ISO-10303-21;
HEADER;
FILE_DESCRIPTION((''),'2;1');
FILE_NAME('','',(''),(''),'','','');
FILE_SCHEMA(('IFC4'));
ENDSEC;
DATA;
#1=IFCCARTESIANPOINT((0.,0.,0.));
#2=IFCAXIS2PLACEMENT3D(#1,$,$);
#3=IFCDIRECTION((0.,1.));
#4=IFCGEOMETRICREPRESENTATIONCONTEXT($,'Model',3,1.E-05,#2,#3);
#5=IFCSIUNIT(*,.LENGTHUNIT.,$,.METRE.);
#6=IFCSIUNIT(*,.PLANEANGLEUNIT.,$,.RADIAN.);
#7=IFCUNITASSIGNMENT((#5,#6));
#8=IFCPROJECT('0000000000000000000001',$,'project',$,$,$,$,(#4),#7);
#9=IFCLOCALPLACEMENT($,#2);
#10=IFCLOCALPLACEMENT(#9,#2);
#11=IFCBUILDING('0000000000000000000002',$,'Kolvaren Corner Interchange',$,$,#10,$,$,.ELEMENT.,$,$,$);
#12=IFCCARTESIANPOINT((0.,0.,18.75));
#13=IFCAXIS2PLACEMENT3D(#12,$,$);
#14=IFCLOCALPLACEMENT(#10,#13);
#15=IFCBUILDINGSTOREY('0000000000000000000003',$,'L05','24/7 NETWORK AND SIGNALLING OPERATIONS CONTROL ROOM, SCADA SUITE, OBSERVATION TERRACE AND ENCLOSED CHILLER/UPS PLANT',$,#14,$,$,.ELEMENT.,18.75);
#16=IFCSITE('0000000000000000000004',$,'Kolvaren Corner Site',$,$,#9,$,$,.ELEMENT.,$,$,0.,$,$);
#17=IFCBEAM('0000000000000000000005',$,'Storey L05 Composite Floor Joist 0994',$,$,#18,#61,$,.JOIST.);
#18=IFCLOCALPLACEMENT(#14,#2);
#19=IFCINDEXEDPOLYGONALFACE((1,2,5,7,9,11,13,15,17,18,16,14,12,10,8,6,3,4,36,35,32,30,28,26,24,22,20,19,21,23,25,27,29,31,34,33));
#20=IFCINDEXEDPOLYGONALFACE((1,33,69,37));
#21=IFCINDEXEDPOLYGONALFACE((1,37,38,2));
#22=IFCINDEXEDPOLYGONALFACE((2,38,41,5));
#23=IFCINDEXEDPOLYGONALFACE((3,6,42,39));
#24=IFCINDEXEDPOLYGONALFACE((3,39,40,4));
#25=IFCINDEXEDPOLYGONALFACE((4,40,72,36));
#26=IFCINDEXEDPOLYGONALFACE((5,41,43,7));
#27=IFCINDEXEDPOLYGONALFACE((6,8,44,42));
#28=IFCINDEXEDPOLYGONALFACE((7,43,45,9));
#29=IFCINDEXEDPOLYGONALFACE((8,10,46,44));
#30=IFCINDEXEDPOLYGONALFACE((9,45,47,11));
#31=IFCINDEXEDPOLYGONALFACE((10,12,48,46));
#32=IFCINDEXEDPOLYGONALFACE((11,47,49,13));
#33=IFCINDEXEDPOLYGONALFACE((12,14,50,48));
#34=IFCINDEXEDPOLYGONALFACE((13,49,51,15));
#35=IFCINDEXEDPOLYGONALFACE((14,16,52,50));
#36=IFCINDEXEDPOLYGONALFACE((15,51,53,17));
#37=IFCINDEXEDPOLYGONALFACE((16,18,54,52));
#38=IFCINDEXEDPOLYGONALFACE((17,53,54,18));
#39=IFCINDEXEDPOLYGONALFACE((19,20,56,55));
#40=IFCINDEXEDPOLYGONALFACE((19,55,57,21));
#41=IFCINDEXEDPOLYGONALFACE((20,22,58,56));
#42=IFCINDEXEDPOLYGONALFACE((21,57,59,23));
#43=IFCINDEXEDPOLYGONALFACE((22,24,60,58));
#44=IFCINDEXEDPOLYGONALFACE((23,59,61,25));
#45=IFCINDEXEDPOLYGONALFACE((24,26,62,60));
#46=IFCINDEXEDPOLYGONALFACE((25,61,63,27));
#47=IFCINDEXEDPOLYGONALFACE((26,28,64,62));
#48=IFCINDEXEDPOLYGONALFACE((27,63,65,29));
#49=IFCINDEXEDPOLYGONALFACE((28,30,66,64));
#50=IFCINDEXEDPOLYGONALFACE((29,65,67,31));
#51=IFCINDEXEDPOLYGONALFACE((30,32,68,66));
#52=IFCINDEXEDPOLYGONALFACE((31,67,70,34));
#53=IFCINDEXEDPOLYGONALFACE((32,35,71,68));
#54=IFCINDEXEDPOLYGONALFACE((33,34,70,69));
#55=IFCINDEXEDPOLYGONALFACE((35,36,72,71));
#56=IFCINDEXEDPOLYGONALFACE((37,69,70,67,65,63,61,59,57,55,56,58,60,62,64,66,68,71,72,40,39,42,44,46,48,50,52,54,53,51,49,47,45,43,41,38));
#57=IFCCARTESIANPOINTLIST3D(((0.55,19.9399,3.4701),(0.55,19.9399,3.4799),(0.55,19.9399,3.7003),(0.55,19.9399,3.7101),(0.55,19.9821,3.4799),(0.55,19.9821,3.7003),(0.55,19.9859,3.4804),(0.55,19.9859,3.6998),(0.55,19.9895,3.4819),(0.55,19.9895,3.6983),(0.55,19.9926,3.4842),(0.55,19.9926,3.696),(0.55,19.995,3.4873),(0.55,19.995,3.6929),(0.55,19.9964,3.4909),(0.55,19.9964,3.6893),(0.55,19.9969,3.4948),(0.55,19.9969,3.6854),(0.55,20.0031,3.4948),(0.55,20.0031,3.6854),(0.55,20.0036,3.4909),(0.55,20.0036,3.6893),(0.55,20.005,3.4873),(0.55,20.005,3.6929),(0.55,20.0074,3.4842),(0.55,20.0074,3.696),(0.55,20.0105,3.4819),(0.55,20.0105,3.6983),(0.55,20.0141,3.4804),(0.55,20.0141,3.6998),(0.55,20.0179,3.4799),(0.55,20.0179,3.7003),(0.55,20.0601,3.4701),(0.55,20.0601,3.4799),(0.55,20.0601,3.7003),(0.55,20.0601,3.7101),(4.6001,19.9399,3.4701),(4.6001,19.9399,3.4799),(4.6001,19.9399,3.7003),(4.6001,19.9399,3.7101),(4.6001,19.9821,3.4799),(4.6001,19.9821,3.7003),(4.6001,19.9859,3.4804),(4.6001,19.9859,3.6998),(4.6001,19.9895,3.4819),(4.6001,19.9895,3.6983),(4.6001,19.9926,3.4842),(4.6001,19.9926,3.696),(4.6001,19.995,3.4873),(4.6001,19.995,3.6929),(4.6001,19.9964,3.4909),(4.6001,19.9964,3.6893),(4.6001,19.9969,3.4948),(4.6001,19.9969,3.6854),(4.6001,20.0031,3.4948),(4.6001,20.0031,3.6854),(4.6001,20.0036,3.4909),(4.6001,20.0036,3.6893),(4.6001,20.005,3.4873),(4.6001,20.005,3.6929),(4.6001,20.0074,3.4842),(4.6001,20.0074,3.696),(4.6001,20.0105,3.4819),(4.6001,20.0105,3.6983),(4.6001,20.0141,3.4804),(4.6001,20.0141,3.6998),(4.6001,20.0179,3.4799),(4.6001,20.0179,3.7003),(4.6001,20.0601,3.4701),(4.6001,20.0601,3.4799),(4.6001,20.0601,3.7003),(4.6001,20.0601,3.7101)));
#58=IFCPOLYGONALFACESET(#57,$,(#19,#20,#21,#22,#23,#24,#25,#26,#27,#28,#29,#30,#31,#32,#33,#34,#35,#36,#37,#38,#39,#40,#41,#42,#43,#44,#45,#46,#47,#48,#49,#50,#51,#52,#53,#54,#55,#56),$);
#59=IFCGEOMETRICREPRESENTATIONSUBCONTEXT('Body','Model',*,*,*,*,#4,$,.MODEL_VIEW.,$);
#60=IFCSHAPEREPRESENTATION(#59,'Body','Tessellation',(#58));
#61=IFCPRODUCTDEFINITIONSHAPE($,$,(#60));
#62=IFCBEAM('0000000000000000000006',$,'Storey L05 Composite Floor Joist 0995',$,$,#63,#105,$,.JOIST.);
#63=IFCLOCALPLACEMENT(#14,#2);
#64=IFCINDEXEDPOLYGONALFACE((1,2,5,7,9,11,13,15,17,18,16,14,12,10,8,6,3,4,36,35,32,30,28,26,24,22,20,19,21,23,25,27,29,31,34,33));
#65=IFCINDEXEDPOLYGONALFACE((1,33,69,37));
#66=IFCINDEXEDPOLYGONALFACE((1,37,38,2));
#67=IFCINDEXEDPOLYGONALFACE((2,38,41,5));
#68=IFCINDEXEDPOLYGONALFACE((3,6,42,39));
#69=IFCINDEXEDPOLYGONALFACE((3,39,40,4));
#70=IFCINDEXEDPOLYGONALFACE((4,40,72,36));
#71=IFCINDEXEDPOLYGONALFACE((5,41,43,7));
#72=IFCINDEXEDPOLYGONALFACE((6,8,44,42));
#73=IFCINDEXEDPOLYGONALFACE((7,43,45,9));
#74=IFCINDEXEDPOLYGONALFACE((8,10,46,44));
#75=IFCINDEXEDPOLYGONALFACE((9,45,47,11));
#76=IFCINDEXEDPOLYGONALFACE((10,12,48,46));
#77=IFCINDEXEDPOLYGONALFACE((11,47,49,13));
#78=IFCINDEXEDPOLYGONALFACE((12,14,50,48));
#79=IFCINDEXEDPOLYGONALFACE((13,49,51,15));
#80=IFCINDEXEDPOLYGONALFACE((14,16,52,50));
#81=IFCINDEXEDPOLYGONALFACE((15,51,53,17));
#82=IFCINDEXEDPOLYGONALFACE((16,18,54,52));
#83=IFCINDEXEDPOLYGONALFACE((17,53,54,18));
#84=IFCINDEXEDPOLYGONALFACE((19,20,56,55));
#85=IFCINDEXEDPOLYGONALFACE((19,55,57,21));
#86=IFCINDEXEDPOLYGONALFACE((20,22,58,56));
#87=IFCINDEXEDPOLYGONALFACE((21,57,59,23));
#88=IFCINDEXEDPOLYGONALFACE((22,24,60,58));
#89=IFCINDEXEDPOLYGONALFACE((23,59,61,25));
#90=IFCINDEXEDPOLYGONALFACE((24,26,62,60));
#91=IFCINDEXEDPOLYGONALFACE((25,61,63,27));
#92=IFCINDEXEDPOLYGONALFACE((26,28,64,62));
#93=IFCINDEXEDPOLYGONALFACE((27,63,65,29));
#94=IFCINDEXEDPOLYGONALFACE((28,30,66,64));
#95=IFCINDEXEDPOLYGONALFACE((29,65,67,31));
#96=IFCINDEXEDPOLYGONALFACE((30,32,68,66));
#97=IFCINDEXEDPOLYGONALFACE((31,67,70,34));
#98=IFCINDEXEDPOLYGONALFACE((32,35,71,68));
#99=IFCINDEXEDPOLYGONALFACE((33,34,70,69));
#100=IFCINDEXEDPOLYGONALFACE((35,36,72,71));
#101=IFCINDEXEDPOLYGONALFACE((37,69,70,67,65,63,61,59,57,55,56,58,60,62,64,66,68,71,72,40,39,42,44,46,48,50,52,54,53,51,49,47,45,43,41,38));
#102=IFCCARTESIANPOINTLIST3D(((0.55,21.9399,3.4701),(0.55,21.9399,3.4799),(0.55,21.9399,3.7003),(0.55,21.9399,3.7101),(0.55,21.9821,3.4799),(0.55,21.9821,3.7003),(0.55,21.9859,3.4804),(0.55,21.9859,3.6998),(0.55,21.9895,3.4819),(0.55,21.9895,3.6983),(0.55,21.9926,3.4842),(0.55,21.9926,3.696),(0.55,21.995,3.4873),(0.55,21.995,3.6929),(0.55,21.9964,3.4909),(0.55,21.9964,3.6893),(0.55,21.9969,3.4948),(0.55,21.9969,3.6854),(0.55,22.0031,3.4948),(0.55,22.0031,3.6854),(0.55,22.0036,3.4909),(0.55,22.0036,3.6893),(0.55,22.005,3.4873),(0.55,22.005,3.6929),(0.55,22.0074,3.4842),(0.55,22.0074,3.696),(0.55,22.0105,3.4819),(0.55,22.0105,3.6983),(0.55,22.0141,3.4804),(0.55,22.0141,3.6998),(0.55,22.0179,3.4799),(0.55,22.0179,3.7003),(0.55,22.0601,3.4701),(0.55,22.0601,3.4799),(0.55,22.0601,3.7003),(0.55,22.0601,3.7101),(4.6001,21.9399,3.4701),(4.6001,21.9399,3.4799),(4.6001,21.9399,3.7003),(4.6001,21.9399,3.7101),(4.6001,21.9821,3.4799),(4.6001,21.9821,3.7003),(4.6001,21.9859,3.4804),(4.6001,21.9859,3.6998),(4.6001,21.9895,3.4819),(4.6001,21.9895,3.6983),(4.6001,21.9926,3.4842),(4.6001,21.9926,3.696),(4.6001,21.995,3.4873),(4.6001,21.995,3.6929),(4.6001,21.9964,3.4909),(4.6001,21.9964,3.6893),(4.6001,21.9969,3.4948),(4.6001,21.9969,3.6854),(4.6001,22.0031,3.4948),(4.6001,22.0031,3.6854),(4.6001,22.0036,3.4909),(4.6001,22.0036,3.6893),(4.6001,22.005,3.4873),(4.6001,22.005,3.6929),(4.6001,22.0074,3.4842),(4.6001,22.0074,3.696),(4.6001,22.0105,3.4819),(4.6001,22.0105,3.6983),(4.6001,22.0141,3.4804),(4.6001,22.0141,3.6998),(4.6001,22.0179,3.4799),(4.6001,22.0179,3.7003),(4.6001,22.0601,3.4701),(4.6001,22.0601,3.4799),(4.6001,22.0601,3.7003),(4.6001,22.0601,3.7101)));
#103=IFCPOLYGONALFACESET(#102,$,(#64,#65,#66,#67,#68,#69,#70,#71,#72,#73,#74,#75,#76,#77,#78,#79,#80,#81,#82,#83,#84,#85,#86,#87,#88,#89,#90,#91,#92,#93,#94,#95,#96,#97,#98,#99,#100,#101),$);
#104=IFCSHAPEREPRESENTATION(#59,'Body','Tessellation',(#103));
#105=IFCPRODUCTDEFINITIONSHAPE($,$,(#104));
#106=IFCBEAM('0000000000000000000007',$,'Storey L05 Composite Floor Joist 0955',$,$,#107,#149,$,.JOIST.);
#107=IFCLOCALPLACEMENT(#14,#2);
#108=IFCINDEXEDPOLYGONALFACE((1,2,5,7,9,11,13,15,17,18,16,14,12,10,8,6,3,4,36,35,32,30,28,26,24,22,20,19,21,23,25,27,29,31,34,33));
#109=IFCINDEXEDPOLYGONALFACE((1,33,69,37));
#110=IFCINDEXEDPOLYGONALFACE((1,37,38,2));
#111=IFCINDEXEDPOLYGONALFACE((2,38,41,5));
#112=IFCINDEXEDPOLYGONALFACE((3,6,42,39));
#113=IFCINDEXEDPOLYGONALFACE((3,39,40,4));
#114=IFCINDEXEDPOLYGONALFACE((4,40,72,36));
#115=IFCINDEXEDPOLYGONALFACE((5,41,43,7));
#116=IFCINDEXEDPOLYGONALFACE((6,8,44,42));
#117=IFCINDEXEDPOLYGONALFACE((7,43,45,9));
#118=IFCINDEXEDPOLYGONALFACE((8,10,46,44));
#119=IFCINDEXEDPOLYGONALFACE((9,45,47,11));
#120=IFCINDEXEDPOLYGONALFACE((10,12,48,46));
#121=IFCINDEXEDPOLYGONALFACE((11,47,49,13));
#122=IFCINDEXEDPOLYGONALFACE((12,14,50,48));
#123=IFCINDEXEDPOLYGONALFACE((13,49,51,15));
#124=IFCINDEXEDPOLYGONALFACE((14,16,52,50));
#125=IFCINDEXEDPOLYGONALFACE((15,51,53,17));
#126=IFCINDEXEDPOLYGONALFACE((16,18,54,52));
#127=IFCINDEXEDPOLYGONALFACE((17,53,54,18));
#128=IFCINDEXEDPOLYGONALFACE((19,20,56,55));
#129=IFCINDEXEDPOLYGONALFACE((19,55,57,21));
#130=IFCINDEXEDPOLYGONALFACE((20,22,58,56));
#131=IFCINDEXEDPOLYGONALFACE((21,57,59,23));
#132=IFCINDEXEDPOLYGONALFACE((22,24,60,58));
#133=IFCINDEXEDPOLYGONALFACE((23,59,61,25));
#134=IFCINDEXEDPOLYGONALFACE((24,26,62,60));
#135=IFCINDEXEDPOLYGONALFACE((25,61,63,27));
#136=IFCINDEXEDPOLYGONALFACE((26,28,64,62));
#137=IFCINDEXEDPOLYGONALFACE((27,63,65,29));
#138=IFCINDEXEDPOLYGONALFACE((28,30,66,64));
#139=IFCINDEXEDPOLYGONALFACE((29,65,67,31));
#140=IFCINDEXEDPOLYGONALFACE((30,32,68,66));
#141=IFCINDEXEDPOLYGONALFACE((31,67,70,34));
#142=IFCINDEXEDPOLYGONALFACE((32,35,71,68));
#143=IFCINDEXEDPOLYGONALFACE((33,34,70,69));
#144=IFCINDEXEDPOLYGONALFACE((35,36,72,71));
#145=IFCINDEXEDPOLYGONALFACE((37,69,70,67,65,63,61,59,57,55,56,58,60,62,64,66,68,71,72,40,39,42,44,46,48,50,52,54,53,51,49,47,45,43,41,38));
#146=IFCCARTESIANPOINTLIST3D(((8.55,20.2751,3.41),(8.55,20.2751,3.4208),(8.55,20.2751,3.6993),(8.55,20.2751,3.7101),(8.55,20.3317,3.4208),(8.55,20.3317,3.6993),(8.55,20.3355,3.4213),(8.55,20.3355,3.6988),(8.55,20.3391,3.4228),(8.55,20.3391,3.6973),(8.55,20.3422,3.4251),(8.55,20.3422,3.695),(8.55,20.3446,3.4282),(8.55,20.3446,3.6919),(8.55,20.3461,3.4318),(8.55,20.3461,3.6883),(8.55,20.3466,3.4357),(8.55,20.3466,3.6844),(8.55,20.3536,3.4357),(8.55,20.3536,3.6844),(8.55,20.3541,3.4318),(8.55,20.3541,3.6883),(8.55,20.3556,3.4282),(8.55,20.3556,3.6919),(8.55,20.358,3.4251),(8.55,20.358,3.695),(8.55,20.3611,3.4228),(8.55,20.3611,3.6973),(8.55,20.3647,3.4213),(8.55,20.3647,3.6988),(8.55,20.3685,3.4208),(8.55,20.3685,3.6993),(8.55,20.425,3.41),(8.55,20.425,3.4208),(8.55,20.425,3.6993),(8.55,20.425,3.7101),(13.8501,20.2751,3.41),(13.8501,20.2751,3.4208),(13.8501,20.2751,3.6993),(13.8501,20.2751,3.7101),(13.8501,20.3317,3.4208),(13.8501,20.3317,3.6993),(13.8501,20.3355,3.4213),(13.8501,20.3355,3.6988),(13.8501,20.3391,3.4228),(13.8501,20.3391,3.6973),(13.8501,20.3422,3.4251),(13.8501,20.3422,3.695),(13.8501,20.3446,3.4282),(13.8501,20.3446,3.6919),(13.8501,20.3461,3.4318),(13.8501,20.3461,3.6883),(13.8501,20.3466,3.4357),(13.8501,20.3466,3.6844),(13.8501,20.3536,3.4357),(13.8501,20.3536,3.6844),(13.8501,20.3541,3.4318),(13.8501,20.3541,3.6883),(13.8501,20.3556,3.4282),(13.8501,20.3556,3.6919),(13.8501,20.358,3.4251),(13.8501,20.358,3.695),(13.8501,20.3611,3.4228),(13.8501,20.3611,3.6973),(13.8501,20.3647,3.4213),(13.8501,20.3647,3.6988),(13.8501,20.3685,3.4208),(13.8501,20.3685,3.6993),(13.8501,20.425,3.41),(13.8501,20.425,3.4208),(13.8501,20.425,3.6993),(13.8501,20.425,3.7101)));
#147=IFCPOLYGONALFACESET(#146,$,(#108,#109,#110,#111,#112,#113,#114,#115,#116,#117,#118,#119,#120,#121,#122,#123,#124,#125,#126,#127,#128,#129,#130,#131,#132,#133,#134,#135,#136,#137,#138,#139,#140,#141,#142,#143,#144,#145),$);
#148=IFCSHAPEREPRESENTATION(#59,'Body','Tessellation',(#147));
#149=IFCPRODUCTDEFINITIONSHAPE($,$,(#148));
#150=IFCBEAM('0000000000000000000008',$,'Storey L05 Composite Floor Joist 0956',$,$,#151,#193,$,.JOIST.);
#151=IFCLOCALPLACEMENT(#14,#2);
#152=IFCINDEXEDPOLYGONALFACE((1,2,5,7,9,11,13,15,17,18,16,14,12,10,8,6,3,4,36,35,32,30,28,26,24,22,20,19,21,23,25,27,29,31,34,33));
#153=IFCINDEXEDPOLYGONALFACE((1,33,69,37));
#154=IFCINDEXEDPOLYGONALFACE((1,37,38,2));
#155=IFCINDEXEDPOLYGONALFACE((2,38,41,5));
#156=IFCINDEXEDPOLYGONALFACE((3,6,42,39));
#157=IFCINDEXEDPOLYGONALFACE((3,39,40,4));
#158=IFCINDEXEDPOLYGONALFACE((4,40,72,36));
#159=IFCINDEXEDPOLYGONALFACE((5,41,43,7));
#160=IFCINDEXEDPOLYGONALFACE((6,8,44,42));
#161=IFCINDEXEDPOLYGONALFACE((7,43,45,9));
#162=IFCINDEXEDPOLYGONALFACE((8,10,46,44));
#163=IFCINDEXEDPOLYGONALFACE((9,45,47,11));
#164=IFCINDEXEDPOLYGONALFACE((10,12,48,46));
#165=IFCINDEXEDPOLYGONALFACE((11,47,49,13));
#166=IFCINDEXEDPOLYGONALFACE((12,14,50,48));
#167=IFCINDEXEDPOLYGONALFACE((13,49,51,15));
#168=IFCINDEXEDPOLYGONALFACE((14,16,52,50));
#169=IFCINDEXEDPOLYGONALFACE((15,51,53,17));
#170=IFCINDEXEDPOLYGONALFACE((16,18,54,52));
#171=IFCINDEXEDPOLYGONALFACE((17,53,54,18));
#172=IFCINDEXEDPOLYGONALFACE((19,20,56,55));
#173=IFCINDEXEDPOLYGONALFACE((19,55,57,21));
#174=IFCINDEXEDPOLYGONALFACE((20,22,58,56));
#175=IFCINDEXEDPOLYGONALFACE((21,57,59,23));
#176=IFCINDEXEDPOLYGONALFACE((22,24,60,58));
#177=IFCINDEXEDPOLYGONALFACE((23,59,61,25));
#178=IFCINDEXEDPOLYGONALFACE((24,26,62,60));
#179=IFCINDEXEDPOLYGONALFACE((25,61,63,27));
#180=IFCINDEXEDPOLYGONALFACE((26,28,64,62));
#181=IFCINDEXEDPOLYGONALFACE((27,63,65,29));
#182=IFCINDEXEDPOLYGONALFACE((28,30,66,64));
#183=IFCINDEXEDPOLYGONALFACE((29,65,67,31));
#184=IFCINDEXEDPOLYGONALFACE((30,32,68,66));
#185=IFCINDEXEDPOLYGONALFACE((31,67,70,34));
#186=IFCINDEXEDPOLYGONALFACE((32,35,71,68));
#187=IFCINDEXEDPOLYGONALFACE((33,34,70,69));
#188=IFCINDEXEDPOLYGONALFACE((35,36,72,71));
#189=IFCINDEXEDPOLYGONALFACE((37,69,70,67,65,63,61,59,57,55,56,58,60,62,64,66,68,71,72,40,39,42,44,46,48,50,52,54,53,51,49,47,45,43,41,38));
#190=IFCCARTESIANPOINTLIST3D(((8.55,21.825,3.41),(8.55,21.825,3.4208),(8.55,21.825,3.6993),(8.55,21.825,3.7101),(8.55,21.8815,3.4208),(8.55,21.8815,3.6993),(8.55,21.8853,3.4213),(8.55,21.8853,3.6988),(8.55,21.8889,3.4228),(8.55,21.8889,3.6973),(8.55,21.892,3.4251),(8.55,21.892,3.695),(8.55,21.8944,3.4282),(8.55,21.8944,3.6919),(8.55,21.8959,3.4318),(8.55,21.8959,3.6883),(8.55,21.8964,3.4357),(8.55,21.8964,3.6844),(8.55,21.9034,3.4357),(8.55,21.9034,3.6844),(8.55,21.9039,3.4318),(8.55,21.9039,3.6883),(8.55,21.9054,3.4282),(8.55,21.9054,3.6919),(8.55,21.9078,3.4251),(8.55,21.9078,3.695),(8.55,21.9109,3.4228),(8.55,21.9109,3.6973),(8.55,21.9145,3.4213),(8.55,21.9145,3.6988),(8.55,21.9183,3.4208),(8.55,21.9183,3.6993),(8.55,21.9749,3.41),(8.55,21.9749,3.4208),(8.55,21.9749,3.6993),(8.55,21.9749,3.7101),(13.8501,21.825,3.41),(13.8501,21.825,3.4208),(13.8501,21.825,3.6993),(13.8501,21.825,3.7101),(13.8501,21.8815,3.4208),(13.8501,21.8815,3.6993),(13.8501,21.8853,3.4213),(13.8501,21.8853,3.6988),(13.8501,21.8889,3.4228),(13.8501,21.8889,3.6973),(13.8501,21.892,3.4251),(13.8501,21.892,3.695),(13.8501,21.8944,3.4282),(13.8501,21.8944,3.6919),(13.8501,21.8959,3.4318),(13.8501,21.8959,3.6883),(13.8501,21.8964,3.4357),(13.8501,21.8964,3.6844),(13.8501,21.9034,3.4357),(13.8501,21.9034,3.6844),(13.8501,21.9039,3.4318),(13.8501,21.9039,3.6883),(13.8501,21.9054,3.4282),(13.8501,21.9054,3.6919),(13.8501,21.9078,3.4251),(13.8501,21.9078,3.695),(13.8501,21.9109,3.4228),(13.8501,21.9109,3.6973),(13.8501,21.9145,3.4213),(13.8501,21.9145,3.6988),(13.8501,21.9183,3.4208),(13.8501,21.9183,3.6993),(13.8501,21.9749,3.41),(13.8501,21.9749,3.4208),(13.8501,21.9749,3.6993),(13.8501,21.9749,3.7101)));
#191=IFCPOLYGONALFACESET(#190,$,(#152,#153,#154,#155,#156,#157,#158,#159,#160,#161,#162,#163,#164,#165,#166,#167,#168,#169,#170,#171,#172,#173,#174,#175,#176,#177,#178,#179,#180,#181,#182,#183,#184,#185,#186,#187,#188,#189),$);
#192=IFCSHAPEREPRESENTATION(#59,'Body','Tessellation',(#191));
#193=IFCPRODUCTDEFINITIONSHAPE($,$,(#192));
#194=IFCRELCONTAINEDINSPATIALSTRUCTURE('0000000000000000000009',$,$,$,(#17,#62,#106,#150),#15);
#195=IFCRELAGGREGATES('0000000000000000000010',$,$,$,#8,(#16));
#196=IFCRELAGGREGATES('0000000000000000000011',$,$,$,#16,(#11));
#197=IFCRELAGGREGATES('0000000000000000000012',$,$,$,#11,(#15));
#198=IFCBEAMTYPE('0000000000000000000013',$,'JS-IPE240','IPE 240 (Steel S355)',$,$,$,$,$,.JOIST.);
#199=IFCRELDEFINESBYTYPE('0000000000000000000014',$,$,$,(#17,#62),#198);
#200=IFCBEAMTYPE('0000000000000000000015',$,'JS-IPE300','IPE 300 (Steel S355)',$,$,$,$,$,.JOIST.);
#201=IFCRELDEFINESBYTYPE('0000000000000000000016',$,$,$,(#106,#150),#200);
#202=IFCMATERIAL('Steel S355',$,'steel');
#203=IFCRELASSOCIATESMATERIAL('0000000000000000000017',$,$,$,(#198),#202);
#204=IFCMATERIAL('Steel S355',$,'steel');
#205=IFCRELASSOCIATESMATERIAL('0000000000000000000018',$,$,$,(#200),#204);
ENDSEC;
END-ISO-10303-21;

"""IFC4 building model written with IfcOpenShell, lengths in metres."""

from ifc_helpers import new_model, si_unit, direction, frame, origin, origin_2d, place, context, subcontext, project, spatial, i_section, extrude, material, material_profile, profile_set, type_object, element, save


model = new_model("IFC4")

# Units and contexts
model_context = context("Model", 3, precision=1e-05, world=origin(), true_north=direction((0.0, 1.0)))
body_context = subcontext(model_context, "Body", "Model", "MODEL_VIEW")
ifc_project = project(units=[si_unit("LENGTHUNIT", "METRE"), si_unit("PLANEANGLEUNIT", "RADIAN")], contexts=[model_context])

# Site, building, storey
site_placement = place(None, origin())
site = spatial("IfcSite", under=ifc_project, at=site_placement, Name="Kolvaren Corner Site", CompositionType="ELEMENT", RefElevation=0.0)
building_placement = place(site_placement, origin())
building = spatial("IfcBuilding", under=site, at=building_placement, Name="Kolvaren Corner Interchange", CompositionType="ELEMENT")
storey_placement = place(building_placement, frame((0.0, 0.0, 18.75)))
storey = spatial("IfcBuildingStorey", under=building, at=storey_placement, Name="L05", Description="24/7 NETWORK AND SIGNALLING OPERATIONS CONTROL ROOM, SCADA SUITE, OBSERVATION TERRACE AND ENCLOSED CHILLER/UPS PLANT", CompositionType="ELEMENT", Elevation=18.75)

# Beams
ifc_material_1 = material(Name="Steel S355", Category="steel")
ifc_material_profile_1 = material_profile(ifc_material_1, i_section(OverallWidth=0.1201, OverallDepth=0.24, WebThickness=0.0061, FlangeThickness=0.0098, FilletRadius=0.0149, at=origin_2d()), Name="IPE 240")
ifc_profile_set_1 = profile_set([ifc_material_profile_1], Name="Steel S355")
beam_type_1 = type_object("IfcBeamType", Name="JS-IPE240", Description="IPE 240 (Steel S355)", PredefinedType="JOIST", material=ifc_profile_set_1)
for number, where, z_axis, x_axis, name in (
    (1, (0.55, 20.0, 3.5901), (1.0, 0.0, 0.0), (0.0, 1.0, 0.0), "Storey L05 Composite Floor Joist 0994"),
    (2, (0.55, 22.0, 3.5901), (1.0, 0.0, 0.0), (0.0, 1.0, 0.0), "Storey L05 Composite Floor Joist 0995"),
):
    element("IfcBeam", number, at=place(storey_placement, frame(where, z_axis=z_axis, x_axis=x_axis)), inside=storey, type_object=beam_type_1, Name=name, PredefinedType="JOIST", context=body_context, shape_type="SweptSolid", body=[
        extrude(i_section(OverallWidth=0.1201, OverallDepth=0.24, WebThickness=0.0061, FlangeThickness=0.0098, FilletRadius=0.0149, at=origin_2d()), origin(), (0.0, 0.0, 1.0), 4.05),
    ])
ifc_material_2 = material(Name="Steel S355", Category="steel")
ifc_material_profile_2 = material_profile(ifc_material_2, i_section(OverallWidth=0.1499, OverallDepth=0.3, WebThickness=0.0071, FlangeThickness=0.0107, FilletRadius=0.0149, at=origin_2d()), Name="IPE 300")
ifc_profile_set_2 = profile_set([ifc_material_profile_2], Name="Steel S355")
beam_type_2 = type_object("IfcBeamType", Name="JS-IPE300", Description="IPE 300 (Steel S355)", PredefinedType="JOIST", material=ifc_profile_set_2)
for number, where, z_axis, x_axis, name in (
    (3, (8.55, 20.3501, 3.5601), (1.0, 0.0, 0.0), (0.0, 1.0, 0.0), "Storey L05 Composite Floor Joist 0955"),
    (4, (8.55, 21.8999, 3.5601), (1.0, 0.0, 0.0), (0.0, 1.0, 0.0), "Storey L05 Composite Floor Joist 0956"),
):
    element("IfcBeam", number, at=place(storey_placement, frame(where, z_axis=z_axis, x_axis=x_axis)), inside=storey, type_object=beam_type_2, Name=name, PredefinedType="JOIST", context=body_context, shape_type="SweptSolid", body=[
        extrude(i_section(OverallWidth=0.1499, OverallDepth=0.3, WebThickness=0.0071, FlangeThickness=0.0107, FilletRadius=0.0149, at=origin_2d()), origin(), (0.0, 0.0, 1.0), 5.3),
    ])

save(model, "model.ifc")
